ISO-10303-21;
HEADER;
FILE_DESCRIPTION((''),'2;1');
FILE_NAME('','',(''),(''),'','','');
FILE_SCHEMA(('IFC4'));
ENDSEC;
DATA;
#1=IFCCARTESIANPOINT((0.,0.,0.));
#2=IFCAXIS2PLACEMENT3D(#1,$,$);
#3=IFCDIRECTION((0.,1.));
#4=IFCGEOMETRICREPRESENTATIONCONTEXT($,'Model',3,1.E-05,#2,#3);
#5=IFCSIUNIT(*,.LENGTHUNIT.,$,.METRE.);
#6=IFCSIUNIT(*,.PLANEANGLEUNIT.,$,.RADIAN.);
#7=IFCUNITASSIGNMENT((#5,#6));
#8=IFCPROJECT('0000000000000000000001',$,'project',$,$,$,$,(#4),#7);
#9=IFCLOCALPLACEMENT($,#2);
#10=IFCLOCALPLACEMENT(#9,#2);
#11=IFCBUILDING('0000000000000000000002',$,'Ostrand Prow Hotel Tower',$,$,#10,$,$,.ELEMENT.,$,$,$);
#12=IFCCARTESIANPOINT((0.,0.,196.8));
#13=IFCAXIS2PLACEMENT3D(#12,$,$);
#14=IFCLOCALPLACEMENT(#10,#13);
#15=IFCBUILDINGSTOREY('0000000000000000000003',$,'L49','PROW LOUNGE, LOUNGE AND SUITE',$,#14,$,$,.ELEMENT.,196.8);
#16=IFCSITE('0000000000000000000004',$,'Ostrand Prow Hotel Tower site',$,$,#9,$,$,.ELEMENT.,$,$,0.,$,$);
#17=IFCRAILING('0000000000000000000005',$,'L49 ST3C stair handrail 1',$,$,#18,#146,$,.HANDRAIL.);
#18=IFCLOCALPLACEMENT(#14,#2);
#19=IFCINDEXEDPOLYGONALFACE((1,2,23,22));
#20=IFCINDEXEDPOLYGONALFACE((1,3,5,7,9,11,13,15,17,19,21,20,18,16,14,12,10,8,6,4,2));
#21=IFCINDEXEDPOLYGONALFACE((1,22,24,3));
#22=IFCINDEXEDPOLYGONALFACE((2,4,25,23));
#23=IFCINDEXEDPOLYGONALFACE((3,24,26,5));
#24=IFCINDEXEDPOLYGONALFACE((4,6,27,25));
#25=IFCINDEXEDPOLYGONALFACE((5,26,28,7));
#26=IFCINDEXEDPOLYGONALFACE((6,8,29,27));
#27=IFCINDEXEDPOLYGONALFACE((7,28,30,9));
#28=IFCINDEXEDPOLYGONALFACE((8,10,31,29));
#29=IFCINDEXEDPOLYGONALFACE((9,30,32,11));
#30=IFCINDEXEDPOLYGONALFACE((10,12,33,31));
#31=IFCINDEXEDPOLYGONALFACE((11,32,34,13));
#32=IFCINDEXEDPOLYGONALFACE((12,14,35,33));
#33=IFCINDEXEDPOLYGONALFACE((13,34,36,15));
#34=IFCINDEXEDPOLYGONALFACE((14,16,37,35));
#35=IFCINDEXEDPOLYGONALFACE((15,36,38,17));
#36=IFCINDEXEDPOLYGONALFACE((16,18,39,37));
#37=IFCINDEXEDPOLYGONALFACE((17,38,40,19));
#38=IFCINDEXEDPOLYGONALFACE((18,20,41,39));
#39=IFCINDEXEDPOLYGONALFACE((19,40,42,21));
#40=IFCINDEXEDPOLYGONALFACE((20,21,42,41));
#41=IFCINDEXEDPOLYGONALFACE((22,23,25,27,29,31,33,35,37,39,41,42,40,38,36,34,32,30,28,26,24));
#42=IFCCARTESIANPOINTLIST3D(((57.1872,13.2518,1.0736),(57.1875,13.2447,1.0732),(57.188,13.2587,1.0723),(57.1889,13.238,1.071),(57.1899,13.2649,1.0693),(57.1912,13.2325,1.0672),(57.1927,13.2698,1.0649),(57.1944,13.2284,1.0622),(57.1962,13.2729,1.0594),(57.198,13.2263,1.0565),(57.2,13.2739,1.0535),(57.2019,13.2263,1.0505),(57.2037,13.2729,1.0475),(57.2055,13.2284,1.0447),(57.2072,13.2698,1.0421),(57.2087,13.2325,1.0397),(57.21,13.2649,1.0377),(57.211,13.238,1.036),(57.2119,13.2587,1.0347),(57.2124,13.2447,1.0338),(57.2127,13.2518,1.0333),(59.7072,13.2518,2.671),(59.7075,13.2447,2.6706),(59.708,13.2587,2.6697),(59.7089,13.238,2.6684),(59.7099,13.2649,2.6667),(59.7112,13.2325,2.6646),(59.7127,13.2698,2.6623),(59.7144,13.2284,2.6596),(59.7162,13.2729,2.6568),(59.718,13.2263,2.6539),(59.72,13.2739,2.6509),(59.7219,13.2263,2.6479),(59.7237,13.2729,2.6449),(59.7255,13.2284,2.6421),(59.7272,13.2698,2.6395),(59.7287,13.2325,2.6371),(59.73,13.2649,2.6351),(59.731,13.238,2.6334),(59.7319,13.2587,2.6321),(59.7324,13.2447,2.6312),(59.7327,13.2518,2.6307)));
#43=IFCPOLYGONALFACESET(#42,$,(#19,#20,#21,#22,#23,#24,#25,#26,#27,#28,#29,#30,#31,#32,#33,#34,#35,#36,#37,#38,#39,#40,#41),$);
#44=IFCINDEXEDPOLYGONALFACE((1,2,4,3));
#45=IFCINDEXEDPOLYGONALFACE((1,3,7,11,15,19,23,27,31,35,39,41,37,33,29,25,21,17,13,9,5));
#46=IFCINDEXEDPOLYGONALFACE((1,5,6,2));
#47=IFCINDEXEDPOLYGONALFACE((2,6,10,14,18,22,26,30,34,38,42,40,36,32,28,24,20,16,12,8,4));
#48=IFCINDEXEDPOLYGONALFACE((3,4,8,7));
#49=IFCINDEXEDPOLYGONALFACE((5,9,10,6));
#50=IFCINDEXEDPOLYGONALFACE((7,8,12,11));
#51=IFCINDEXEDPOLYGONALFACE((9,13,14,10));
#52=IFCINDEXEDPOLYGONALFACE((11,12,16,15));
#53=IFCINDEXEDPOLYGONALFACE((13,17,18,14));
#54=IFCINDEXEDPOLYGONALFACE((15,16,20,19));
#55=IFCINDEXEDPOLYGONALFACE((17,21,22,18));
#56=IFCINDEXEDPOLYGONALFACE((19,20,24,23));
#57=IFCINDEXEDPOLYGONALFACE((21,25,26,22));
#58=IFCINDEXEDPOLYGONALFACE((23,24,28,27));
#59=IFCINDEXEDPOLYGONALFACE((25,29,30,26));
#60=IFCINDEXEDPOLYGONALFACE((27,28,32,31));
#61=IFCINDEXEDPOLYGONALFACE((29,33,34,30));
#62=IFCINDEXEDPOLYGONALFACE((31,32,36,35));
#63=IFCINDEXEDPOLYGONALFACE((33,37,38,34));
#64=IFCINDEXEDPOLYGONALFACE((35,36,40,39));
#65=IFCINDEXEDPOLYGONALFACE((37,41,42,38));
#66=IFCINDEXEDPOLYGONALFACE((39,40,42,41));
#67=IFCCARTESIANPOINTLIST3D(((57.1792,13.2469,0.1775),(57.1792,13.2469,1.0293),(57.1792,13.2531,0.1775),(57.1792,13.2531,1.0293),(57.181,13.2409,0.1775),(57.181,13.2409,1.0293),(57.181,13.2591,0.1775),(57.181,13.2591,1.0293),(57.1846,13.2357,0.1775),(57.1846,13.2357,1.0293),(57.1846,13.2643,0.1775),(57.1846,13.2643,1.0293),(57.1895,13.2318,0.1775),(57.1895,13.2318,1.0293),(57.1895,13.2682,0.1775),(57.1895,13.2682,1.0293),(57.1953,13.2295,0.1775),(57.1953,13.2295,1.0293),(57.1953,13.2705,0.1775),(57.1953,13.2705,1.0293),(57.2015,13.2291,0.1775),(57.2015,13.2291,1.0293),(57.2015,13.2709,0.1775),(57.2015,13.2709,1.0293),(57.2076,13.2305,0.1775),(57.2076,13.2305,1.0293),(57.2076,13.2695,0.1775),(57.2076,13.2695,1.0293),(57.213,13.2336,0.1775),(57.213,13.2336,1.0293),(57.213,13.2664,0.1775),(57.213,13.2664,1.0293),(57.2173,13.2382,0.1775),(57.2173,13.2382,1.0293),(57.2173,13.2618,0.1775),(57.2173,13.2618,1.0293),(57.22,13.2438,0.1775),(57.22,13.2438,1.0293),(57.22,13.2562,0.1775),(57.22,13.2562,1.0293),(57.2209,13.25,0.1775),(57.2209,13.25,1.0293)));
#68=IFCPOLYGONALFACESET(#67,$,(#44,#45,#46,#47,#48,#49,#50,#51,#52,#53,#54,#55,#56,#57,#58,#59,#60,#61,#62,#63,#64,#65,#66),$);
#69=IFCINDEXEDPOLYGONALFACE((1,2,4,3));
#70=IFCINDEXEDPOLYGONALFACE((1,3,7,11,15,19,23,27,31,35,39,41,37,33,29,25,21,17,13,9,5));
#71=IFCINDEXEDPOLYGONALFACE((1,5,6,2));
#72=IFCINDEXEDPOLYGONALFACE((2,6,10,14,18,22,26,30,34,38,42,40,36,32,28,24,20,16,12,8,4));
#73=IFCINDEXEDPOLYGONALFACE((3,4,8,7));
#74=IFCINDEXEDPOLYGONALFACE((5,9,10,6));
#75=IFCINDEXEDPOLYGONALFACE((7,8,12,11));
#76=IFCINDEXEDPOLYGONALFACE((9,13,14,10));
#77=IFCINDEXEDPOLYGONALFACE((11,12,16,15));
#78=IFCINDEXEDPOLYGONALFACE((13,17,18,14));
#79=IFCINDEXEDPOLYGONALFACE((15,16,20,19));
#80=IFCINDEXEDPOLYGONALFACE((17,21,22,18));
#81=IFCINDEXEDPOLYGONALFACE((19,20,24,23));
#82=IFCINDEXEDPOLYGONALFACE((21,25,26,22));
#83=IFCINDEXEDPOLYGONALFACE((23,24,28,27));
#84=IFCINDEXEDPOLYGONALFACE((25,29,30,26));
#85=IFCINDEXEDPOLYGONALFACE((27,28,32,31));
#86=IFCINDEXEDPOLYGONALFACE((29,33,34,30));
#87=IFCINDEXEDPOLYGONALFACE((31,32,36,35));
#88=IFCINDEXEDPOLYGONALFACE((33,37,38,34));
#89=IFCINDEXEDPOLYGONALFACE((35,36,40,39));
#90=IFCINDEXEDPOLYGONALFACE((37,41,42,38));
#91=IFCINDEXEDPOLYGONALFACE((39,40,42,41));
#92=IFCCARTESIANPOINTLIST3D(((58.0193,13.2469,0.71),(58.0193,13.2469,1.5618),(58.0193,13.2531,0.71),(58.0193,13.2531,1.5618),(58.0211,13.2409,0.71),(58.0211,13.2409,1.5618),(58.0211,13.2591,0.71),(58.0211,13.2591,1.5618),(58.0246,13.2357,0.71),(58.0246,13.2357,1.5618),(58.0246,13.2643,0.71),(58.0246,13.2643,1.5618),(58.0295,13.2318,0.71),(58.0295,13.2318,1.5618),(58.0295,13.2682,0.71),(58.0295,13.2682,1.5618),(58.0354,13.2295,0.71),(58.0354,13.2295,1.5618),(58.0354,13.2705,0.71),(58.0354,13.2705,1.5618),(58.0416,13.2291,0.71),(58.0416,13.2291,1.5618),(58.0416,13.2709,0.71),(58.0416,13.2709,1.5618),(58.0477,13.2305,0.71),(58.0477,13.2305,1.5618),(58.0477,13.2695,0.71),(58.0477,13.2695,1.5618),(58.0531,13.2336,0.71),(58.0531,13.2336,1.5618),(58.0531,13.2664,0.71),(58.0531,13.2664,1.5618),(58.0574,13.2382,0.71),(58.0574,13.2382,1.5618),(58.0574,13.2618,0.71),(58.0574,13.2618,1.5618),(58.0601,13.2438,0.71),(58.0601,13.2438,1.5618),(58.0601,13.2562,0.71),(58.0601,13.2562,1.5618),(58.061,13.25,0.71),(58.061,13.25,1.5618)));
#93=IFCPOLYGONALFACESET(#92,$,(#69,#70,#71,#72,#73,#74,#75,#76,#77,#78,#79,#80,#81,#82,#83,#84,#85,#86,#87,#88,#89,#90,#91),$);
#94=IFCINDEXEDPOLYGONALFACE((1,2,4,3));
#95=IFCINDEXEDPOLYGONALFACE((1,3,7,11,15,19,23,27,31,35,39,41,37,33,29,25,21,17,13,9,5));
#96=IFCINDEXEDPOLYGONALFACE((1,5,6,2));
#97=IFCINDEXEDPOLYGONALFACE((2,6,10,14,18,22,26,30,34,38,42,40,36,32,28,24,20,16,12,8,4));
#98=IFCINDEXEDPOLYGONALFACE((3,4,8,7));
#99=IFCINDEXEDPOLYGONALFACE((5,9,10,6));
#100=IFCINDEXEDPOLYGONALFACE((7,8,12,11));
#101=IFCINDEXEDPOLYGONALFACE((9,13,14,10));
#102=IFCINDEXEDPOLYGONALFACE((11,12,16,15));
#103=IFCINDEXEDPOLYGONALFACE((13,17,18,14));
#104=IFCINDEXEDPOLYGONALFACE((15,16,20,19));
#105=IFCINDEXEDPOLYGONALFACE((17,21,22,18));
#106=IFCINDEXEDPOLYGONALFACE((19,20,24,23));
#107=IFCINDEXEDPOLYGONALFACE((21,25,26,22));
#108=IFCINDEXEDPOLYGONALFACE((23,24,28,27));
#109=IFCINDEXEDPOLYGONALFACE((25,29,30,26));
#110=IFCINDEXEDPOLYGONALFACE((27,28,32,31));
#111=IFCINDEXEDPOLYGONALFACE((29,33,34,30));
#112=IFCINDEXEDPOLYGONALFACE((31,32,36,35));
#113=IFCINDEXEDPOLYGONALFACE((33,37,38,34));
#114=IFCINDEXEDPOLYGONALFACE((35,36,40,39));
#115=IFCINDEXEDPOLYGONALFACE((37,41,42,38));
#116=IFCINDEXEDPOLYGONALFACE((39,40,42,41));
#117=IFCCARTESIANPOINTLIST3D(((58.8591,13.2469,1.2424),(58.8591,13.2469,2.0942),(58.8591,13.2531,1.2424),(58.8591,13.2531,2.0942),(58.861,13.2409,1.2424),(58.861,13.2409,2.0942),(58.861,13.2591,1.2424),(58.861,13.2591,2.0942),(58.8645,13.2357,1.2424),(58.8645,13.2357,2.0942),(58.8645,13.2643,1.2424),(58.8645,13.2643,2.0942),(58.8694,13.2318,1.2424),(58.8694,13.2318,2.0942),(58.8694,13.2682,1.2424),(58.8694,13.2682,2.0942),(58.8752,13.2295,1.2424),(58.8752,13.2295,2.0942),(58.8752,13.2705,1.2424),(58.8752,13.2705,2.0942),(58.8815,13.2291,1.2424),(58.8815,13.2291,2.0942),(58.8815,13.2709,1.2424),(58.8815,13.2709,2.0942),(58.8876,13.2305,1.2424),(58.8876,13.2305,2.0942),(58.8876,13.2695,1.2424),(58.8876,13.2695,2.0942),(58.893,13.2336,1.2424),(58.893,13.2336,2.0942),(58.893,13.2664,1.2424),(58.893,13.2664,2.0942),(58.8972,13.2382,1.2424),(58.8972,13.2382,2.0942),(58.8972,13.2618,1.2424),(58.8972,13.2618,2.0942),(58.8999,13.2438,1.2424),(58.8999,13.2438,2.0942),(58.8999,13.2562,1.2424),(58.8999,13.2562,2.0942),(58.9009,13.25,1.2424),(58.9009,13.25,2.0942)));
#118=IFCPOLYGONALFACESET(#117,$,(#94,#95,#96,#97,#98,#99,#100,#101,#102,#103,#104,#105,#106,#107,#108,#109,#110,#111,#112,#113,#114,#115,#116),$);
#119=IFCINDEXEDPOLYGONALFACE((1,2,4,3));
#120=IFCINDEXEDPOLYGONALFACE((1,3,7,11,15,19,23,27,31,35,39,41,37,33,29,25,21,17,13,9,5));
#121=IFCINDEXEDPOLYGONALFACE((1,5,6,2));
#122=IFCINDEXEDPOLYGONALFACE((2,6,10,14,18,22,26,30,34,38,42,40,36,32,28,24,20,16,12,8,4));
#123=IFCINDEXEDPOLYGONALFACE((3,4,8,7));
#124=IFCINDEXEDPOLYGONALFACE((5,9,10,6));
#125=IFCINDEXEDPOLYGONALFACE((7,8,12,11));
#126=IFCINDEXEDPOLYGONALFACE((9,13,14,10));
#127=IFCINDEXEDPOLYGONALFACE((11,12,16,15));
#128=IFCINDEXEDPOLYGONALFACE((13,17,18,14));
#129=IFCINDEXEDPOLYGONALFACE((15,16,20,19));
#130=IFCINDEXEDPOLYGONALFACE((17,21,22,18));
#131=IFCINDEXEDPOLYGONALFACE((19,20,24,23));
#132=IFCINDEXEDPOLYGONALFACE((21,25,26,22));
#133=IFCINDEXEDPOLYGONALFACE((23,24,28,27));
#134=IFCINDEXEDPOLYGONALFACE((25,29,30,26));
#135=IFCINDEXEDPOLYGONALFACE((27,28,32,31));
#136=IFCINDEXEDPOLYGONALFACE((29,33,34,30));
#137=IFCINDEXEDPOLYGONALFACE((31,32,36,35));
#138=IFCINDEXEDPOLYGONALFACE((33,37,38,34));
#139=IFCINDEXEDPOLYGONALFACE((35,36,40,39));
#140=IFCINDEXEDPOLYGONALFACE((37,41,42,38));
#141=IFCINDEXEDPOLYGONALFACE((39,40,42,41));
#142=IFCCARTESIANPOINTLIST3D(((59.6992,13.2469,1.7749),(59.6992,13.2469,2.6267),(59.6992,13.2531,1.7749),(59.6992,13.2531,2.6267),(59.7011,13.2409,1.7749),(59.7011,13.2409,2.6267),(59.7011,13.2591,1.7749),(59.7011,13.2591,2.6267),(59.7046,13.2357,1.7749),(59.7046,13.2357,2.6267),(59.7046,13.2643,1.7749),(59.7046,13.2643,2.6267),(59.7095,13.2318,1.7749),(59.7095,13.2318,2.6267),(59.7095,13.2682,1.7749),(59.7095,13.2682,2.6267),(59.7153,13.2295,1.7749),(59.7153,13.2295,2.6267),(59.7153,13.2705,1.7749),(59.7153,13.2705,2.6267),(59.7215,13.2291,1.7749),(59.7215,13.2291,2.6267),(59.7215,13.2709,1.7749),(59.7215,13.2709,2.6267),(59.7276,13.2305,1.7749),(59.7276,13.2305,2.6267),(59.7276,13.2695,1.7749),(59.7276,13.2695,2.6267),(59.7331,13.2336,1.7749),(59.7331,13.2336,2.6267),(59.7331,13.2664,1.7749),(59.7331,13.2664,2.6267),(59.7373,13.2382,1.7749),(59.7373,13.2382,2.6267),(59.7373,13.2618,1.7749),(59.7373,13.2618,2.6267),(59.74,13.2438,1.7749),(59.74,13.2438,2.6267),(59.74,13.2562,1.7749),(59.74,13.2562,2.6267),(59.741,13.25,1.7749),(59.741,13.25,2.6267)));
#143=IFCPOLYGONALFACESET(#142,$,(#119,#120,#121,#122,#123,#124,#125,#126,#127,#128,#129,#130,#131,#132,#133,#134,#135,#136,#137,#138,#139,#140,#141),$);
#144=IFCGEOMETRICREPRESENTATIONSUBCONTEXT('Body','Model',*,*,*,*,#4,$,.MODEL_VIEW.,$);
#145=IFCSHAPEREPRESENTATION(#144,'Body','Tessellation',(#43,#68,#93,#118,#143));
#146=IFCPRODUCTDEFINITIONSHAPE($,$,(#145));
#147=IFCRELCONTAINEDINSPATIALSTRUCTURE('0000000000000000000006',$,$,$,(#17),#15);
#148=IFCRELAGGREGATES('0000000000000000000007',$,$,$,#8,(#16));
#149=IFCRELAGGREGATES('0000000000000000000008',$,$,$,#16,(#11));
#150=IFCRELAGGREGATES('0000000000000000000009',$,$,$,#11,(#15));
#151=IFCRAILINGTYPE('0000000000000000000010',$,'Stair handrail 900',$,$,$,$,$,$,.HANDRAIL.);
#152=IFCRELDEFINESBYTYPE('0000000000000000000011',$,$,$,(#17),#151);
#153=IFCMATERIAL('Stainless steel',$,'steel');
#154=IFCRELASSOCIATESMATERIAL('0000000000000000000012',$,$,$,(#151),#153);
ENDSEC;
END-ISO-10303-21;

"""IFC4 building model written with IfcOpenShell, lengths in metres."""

from ifc_helpers import new_model, si_unit, direction, frame, origin, origin_2d, place, context, subcontext, project, spatial, circle, extrude, material, type_object, element, save


model = new_model("IFC4")

# Units and contexts
model_context = context("Model", 3, precision=1e-05, world=origin(), true_north=direction((0.0, 1.0)))
body_context = subcontext(model_context, "Body", "Model", "MODEL_VIEW")
ifc_project = project(units=[si_unit("LENGTHUNIT", "METRE"), si_unit("PLANEANGLEUNIT", "RADIAN")], contexts=[model_context])

# Site, building, storey
site_placement = place(None, origin())
site = spatial("IfcSite", under=ifc_project, at=site_placement, Name="Ostrand Prow Hotel Tower site", CompositionType="ELEMENT", RefElevation=0.0)
building_placement = place(site_placement, origin())
building = spatial("IfcBuilding", under=site, at=building_placement, Name="Ostrand Prow Hotel Tower", CompositionType="ELEMENT")
storey_placement = place(building_placement, frame((0.0, 0.0, 196.8)))
storey = spatial("IfcBuildingStorey", under=building, at=storey_placement, Name="L49", Description="PROW LOUNGE, LOUNGE AND SUITE", CompositionType="ELEMENT", Elevation=196.8)

# Railing
ifc_material_1 = material(Name="Stainless steel", Category="steel")
railing_type_1 = type_object("IfcRailingType", Name="Stair handrail 900", PredefinedType="HANDRAIL", material=ifc_material_1)
railing_1_placement = place(storey_placement, frame((57.2, 13.25, 0.1775)))
element("IfcRailing", 1, at=railing_1_placement, inside=storey, type_object=railing_type_1, Name="L49 ST3C stair handrail 1", PredefinedType="HANDRAIL", context=body_context, shape_type="SweptSolid", body=[
    extrude(circle(Radius=0.0239, at=origin_2d()), frame((0.0, 0.0, 0.876), z_axis=(0.844607, 0.0, 0.535387), x_axis=(0.0, 1.0, 0.0)), (0.0, 0.0, 1.0), 2.9836),
    extrude(circle(Radius=0.021, at=origin_2d()), origin(), (0.0, 0.0, 1.0), 0.8518),
    extrude(circle(Radius=0.021, at=origin_2d()), frame((0.8401, 0.0, 0.5325)), (0.0, 0.0, 1.0), 0.8518),
    extrude(circle(Radius=0.021, at=origin_2d()), frame((1.6799, 0.0, 1.0649)), (0.0, 0.0, 1.0), 0.8518),
    extrude(circle(Radius=0.021, at=origin_2d()), frame((2.52, 0.0, 1.5974)), (0.0, 0.0, 1.0), 0.8518),
])

save(model, "model.ifc")
